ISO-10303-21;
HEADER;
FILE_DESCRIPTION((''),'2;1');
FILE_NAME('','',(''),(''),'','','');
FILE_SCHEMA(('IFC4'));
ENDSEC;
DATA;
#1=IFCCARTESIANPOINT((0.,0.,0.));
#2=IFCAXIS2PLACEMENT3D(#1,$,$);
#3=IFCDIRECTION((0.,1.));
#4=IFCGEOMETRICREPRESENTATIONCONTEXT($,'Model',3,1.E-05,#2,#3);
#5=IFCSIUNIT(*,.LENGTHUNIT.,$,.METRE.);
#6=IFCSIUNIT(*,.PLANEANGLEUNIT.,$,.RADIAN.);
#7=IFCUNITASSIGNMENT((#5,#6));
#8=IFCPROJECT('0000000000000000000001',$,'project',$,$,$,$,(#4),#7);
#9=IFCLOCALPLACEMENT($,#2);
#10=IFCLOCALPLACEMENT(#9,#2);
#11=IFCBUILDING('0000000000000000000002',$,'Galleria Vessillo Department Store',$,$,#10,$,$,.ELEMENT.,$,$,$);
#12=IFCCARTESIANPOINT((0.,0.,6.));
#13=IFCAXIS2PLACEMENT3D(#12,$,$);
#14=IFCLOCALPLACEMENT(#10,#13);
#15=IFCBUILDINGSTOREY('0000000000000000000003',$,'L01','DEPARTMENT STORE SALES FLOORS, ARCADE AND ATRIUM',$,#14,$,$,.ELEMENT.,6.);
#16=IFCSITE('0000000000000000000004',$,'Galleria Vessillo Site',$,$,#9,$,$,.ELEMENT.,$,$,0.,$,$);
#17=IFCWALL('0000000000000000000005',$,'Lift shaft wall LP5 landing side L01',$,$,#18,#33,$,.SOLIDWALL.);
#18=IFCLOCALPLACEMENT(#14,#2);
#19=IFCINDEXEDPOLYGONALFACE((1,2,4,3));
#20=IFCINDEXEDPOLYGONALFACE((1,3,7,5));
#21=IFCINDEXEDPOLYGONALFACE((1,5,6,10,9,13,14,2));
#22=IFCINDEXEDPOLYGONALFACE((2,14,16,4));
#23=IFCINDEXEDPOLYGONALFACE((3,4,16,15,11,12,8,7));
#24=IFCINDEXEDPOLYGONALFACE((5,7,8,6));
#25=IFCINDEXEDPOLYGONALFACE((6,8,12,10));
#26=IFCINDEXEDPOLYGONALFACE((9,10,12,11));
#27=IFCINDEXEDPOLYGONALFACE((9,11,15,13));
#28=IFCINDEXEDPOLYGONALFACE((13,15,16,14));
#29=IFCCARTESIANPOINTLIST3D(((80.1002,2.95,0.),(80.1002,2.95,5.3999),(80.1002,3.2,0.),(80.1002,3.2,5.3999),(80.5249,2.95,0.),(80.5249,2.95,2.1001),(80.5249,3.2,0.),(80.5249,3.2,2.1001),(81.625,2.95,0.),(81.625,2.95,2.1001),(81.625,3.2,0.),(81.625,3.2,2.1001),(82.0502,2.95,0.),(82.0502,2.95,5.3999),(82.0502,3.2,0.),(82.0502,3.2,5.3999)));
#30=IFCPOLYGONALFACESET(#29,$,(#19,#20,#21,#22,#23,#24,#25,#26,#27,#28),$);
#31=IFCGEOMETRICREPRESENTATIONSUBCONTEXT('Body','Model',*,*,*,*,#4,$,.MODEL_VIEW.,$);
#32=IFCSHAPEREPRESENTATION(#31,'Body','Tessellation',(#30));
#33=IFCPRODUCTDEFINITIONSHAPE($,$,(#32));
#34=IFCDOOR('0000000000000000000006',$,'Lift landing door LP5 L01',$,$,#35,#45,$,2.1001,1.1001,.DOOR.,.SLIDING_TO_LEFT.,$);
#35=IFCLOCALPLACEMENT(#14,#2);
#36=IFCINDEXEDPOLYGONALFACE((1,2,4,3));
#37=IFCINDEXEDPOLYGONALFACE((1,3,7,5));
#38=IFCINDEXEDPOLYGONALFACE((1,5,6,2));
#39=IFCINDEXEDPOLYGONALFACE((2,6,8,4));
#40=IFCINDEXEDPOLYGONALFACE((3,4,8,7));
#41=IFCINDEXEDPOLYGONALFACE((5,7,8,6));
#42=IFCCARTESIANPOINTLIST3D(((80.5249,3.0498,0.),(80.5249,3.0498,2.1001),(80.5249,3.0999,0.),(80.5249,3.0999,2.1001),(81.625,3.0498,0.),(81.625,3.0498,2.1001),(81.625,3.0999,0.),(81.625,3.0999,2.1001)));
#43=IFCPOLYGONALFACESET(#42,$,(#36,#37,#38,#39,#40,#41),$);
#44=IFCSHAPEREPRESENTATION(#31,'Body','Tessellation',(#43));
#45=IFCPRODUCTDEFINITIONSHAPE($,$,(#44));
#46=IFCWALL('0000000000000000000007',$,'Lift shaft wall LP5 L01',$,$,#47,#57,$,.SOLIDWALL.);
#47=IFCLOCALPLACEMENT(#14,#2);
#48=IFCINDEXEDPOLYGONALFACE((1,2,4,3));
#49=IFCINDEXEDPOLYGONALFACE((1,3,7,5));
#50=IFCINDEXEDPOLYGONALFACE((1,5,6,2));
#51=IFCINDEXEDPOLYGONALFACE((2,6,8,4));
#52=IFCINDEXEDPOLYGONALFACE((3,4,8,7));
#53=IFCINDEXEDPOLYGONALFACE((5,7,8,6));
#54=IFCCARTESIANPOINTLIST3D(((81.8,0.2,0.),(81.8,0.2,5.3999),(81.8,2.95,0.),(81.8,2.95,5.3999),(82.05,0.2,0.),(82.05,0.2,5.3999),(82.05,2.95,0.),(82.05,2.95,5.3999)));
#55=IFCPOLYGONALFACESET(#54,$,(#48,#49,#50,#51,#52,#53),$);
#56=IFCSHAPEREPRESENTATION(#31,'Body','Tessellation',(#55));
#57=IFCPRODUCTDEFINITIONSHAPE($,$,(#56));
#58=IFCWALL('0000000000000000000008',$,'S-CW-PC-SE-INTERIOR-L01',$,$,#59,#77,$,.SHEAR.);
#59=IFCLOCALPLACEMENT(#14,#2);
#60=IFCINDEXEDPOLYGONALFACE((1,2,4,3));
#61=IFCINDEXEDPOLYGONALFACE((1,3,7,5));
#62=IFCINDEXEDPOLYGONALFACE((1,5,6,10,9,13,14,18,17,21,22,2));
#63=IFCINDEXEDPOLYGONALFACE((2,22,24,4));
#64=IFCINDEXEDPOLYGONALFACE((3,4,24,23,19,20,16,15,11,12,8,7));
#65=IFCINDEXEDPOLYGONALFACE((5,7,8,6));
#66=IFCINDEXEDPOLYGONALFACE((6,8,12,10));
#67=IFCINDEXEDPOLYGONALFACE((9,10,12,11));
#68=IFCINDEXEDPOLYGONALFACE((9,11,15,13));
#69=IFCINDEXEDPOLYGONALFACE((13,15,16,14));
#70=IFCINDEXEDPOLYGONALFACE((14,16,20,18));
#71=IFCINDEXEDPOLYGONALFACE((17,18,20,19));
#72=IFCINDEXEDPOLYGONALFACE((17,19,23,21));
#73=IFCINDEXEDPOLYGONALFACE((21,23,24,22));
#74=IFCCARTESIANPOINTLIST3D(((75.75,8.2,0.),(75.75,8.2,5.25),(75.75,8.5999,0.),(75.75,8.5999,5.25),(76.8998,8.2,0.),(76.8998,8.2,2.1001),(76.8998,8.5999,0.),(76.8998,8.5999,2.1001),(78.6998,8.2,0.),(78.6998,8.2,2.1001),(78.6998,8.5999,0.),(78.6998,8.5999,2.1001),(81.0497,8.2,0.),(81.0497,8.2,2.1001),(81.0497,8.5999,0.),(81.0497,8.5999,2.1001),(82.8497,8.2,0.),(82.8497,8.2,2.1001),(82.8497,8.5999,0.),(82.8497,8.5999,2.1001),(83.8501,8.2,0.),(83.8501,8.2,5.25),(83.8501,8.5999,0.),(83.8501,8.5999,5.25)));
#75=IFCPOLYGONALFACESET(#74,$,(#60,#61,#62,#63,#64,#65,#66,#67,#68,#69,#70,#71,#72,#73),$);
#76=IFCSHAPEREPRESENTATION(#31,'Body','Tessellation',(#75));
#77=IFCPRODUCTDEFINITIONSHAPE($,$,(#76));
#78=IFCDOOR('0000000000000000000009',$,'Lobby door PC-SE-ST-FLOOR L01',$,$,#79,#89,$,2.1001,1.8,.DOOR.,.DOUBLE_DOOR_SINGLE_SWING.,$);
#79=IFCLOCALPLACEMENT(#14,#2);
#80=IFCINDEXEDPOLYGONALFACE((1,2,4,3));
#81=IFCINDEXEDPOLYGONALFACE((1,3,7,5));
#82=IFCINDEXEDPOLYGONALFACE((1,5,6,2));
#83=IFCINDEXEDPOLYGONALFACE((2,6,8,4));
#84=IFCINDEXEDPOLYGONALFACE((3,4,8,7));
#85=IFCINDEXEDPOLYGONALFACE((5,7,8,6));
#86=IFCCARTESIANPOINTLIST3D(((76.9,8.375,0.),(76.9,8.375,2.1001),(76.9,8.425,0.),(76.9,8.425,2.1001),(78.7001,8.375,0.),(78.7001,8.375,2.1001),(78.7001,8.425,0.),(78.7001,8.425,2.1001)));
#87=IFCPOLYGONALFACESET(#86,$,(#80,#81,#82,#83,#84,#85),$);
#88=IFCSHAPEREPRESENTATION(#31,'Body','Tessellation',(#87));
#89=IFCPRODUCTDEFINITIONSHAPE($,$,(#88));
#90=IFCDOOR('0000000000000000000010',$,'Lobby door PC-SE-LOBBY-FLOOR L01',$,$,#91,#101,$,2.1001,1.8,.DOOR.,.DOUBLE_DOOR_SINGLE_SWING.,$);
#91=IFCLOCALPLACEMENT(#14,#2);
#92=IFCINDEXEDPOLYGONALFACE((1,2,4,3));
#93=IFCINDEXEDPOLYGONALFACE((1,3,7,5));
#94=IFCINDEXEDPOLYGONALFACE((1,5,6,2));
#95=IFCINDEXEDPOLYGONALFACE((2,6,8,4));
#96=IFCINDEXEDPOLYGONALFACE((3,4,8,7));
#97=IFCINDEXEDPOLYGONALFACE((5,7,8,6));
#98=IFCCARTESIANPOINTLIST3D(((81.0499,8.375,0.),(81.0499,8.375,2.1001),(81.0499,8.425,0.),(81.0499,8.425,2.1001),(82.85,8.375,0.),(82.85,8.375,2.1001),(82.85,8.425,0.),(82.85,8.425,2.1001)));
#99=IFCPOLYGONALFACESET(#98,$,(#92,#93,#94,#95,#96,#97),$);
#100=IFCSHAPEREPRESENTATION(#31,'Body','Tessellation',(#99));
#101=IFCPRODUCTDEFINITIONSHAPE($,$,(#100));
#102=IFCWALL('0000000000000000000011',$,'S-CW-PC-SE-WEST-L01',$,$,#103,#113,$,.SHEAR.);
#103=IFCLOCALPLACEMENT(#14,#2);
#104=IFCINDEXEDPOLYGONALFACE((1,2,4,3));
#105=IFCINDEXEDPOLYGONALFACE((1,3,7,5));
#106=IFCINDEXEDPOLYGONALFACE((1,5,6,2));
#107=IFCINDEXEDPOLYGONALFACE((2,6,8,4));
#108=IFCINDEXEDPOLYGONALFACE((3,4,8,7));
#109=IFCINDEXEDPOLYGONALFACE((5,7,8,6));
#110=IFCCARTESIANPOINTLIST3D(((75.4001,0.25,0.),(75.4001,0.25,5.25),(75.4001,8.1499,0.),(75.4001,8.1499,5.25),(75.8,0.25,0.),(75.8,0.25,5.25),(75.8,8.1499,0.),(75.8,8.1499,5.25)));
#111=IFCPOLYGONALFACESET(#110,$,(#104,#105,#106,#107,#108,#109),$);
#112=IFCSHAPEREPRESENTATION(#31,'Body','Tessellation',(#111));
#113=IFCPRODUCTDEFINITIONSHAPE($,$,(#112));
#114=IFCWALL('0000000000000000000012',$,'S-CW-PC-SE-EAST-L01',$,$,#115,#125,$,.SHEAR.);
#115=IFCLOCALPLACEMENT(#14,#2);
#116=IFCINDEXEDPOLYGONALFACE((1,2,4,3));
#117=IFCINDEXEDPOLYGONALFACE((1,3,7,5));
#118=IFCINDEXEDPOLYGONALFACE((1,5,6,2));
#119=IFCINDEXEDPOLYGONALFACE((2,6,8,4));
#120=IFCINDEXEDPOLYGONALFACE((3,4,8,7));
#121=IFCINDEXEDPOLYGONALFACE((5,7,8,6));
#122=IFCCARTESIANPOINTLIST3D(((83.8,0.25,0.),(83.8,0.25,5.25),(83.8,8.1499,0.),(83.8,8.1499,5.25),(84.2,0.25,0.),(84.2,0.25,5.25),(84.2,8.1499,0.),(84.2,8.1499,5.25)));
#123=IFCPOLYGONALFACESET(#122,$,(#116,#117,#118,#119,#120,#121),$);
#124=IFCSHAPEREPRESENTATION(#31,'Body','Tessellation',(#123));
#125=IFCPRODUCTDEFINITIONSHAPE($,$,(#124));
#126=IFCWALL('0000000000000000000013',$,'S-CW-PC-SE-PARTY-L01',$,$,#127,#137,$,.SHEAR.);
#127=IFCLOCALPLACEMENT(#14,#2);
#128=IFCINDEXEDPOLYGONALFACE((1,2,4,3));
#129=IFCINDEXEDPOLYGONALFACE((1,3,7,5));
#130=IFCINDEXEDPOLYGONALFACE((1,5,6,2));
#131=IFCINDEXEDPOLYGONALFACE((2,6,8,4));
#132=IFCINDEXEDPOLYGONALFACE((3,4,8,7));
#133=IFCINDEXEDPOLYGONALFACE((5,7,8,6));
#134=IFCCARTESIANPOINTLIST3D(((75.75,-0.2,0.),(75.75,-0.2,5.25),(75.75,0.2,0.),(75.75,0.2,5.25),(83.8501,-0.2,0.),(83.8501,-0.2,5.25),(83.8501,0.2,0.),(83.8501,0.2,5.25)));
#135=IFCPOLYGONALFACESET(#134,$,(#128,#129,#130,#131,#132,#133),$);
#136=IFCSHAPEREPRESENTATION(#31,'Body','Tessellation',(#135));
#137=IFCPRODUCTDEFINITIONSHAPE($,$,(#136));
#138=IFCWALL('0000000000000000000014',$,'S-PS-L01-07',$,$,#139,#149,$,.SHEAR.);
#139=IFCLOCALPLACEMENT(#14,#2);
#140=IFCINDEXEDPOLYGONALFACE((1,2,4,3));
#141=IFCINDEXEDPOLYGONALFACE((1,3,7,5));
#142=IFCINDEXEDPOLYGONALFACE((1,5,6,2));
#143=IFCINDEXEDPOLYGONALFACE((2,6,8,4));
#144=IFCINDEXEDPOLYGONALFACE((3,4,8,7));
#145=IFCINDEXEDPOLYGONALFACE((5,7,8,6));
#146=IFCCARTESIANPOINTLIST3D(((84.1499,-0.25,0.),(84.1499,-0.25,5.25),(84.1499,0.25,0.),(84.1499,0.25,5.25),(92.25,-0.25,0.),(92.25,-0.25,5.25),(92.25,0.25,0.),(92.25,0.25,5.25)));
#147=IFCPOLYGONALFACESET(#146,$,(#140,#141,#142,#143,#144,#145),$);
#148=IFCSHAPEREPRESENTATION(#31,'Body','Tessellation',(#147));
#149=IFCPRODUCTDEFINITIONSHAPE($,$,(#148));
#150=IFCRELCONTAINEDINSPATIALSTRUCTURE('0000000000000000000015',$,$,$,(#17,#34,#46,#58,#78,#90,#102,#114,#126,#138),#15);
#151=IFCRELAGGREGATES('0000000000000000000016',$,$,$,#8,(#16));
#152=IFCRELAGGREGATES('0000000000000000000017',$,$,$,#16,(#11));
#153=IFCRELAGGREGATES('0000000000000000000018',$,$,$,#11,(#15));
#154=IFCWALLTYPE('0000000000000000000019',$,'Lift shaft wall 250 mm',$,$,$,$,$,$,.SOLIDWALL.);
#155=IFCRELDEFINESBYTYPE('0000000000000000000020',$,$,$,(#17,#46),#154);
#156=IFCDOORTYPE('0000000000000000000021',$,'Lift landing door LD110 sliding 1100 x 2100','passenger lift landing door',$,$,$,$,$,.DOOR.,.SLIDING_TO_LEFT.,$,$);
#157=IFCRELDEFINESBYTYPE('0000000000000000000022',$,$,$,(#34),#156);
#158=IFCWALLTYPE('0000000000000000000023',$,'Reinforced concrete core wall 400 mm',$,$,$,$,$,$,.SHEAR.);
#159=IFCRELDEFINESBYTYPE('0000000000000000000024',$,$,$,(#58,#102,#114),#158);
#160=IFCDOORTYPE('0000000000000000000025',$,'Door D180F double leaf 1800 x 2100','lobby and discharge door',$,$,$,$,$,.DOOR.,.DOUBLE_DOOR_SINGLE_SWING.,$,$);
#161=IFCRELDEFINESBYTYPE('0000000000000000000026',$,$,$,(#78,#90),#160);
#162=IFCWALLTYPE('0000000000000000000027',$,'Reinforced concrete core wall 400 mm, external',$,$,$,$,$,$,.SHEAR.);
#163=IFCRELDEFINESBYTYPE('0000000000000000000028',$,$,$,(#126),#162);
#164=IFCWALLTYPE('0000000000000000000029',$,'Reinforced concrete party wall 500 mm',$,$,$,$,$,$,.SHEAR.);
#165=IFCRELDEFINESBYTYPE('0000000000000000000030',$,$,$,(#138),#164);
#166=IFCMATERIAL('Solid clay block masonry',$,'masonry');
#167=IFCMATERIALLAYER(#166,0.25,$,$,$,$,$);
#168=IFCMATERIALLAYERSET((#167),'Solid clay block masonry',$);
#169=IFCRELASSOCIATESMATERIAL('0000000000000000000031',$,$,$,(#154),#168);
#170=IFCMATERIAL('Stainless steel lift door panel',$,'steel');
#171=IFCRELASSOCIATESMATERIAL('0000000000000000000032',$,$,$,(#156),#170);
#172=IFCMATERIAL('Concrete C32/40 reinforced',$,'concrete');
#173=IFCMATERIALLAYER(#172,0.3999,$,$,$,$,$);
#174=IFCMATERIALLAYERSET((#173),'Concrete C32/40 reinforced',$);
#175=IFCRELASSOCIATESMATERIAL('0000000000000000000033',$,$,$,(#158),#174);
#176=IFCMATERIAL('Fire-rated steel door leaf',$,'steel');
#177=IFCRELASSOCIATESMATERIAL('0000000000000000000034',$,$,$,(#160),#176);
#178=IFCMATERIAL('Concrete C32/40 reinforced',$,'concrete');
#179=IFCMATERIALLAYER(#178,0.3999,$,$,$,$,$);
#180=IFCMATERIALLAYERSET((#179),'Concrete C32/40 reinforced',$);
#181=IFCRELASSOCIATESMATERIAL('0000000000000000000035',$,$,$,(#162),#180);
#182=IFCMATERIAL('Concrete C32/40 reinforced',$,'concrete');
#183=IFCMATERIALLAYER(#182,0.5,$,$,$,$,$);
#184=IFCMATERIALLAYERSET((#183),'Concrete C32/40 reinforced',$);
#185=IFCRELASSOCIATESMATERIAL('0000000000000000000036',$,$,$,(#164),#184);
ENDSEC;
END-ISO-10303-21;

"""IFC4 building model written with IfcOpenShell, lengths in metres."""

from ifc_helpers import new_model, si_unit, direction, frame, frame_2d, origin, place, context, subcontext, project, spatial, rectangle, extrude, material, layer, layer_set, type_object, element, fill, save


model = new_model("IFC4")

# Units and contexts
model_context = context("Model", 3, precision=1e-05, world=origin(), true_north=direction((0.0, 1.0)))
body_context = subcontext(model_context, "Body", "Model", "MODEL_VIEW")
ifc_project = project(units=[si_unit("LENGTHUNIT", "METRE"), si_unit("PLANEANGLEUNIT", "RADIAN")], contexts=[model_context])

# Site, building, storey
site_placement = place(None, origin())
site = spatial("IfcSite", under=ifc_project, at=site_placement, Name="Galleria Vessillo Site", CompositionType="ELEMENT", RefElevation=0.0)
building_placement = place(site_placement, origin())
building = spatial("IfcBuilding", under=site, at=building_placement, Name="Galleria Vessillo Department Store", CompositionType="ELEMENT")
storey_placement = place(building_placement, frame((0.0, 0.0, 6.0)))
storey = spatial("IfcBuildingStorey", under=building, at=storey_placement, Name="L01", Description="DEPARTMENT STORE SALES FLOORS, ARCADE AND ATRIUM", CompositionType="ELEMENT", Elevation=6.0)

# Wall, opening, door
ifc_material_1 = material(Name="Solid clay block masonry", Category="masonry")
ifc_layer_1 = layer(ifc_material_1, 0.25)
ifc_layer_set_1 = layer_set([ifc_layer_1], Name="Solid clay block masonry")
wall_type_1 = type_object("IfcWallType", Name="Lift shaft wall 250 mm", PredefinedType="SOLIDWALL", material=ifc_layer_set_1)
wall_1_placement = place(storey_placement, frame((80.1001, 3.075, 0.0), z_axis=(0.0, 0.0, 1.0), x_axis=(1.0, 0.0, 0.0)))
wall_1 = element("IfcWall", 1, at=wall_1_placement, inside=storey, type_object=wall_type_1, Name="Lift shaft wall LP5 landing side L01", PredefinedType="SOLIDWALL", context=body_context, shape_type="SweptSolid", body=[
    extrude(rectangle(XDim=1.95, YDim=0.25, at=frame_2d((0.9751, 0.0))), origin(), (0.0, 0.0, 1.0), 5.3999),
])
opening_1_placement = place(wall_1_placement, frame((0.4248, 0.0, 0.0)))
opening_1 = element("IfcOpeningElement", 2, at=opening_1_placement, cuts=wall_1, PredefinedType="OPENING", context=body_context, shape_type="SweptSolid", body=[
    extrude(rectangle(XDim=1.1001, YDim=2.1001, at=frame_2d((0.55, 1.05))), frame((0.0, 0.135, 0.0), z_axis=(0.0, -1.0, 0.0), x_axis=(1.0, 0.0, 0.0)), (0.0, 0.0, 1.0), 0.27),
])
ifc_material_2 = material(Name="Stainless steel lift door panel", Category="steel")
door_type_1 = type_object("IfcDoorType", Name="Lift landing door LD110 sliding 1100 x 2100", Description="passenger lift landing door", OperationType="SLIDING_TO_LEFT", PredefinedType="DOOR", material=ifc_material_2)
door_1_placement = place(opening_1_placement, origin())
door_1 = element("IfcDoor", 3, at=door_1_placement, inside=storey, type_object=door_type_1, Name="Lift landing door LP5 L01", OperationType="SLIDING_TO_LEFT", OverallHeight=2.1001, OverallWidth=1.1001, PredefinedType="DOOR", context=body_context, shape_type="SweptSolid", body=[
    extrude(rectangle(XDim=1.1001, YDim=2.1001, at=frame_2d((0.55, 1.05))), frame((0.0, 0.0249, 0.0), z_axis=(0.0, -1.0, 0.0), x_axis=(1.0, 0.0, 0.0)), (0.0, 0.0, 1.0), 0.05),
])
fill(opening_1, door_1)

# Wall
wall_2_placement = place(storey_placement, frame((81.925, 0.2, 0.0), z_axis=(0.0, 0.0, 1.0), x_axis=(0.0, 1.0, 0.0)))
element("IfcWall", 4, at=wall_2_placement, inside=storey, type_object=wall_type_1, Name="Lift shaft wall LP5 L01", PredefinedType="SOLIDWALL", context=body_context, shape_type="SweptSolid", body=[
    extrude(rectangle(XDim=2.75, YDim=0.25, at=frame_2d((1.375, 0.0))), origin(), (0.0, 0.0, 1.0), 5.3999),
])

# Wall, openings, doors
ifc_material_3 = material(Name="Concrete C32/40 reinforced", Category="concrete")
ifc_layer_2 = layer(ifc_material_3, 0.3999)
ifc_layer_set_2 = layer_set([ifc_layer_2], Name="Concrete C32/40 reinforced")
wall_type_2 = type_object("IfcWallType", Name="Reinforced concrete core wall 400 mm", PredefinedType="SHEAR", material=ifc_layer_set_2)
wall_3_placement = place(storey_placement, frame((75.75, 8.3999, 0.0), z_axis=(0.0, 0.0, 1.0), x_axis=(1.0, 0.0, 0.0)))
wall_3 = element("IfcWall", 5, at=wall_3_placement, inside=storey, type_object=wall_type_2, Name="S-CW-PC-SE-INTERIOR-L01", PredefinedType="SHEAR", context=body_context, shape_type="SweptSolid", body=[
    extrude(rectangle(XDim=8.1001, YDim=0.3999, at=frame_2d((4.05, 0.0))), origin(), (0.0, 0.0, 1.0), 5.25),
])
opening_2_placement = place(wall_3_placement, frame((1.1499, 0.0, 0.0)))
opening_2 = element("IfcOpeningElement", 6, at=opening_2_placement, cuts=wall_3, PredefinedType="OPENING", context=body_context, shape_type="SweptSolid", body=[
    extrude(rectangle(XDim=1.8, YDim=2.1001, at=frame_2d((0.8999, 1.05))), frame((0.0, 0.21, 0.0), z_axis=(0.0, -1.0, 0.0), x_axis=(1.0, 0.0, 0.0)), (0.0, 0.0, 1.0), 0.4199),
])
opening_3_placement = place(wall_3_placement, frame((5.2998, 0.0, 0.0)))
opening_3 = element("IfcOpeningElement", 7, at=opening_3_placement, cuts=wall_3, PredefinedType="OPENING", context=body_context, shape_type="SweptSolid", body=[
    extrude(rectangle(XDim=1.8, YDim=2.1001, at=frame_2d((0.8999, 1.05))), frame((0.0, 0.21, 0.0), z_axis=(0.0, -1.0, 0.0), x_axis=(1.0, 0.0, 0.0)), (0.0, 0.0, 1.0), 0.4199),
])
ifc_material_4 = material(Name="Fire-rated steel door leaf", Category="steel")
door_type_2 = type_object("IfcDoorType", Name="Door D180F double leaf 1800 x 2100", Description="lobby and discharge door", OperationType="DOUBLE_DOOR_SINGLE_SWING", PredefinedType="DOOR", material=ifc_material_4)
door_2_placement = place(opening_2_placement, frame((1.8, 0.0, 0.0), z_axis=(0.0, 0.0, 1.0), x_axis=(-1.0, 0.0, 0.0)))
door_2 = element("IfcDoor", 8, at=door_2_placement, inside=storey, type_object=door_type_2, Name="Lobby door PC-SE-ST-FLOOR L01", OperationType="DOUBLE_DOOR_SINGLE_SWING", OverallHeight=2.1001, OverallWidth=1.8, PredefinedType="DOOR", context=body_context, shape_type="SweptSolid", body=[
    extrude(rectangle(XDim=1.8, YDim=2.1001, at=frame_2d((0.8999, 1.05))), frame((0.0, 0.0249, 0.0), z_axis=(0.0, -1.0, 0.0), x_axis=(1.0, 0.0, 0.0)), (0.0, 0.0, 1.0), 0.05),
])
fill(opening_2, door_2)
door_3_placement = place(opening_3_placement, frame((1.8, 0.0, 0.0), z_axis=(0.0, 0.0, 1.0), x_axis=(-1.0, 0.0, 0.0)))
door_3 = element("IfcDoor", 9, at=door_3_placement, inside=storey, type_object=door_type_2, Name="Lobby door PC-SE-LOBBY-FLOOR L01", OperationType="DOUBLE_DOOR_SINGLE_SWING", OverallHeight=2.1001, OverallWidth=1.8, PredefinedType="DOOR", context=body_context, shape_type="SweptSolid", body=[
    extrude(rectangle(XDim=1.8, YDim=2.1001, at=frame_2d((0.8999, 1.05))), frame((0.0, 0.0249, 0.0), z_axis=(0.0, -1.0, 0.0), x_axis=(1.0, 0.0, 0.0)), (0.0, 0.0, 1.0), 0.05),
])
fill(opening_3, door_3)

# Walls
for number, where, z_axis, x_axis, name in (
    (10, (75.6001, 0.25, 0.0), (0.0, 0.0, 1.0), (0.0, 1.0, 0.0), "S-CW-PC-SE-WEST-L01"),
    (11, (84.0, 0.25, 0.0), (0.0, 0.0, 1.0), (0.0, 1.0, 0.0), "S-CW-PC-SE-EAST-L01"),
):
    element("IfcWall", number, at=place(storey_placement, frame(where, z_axis=z_axis, x_axis=x_axis)), inside=storey, type_object=wall_type_2, Name=name, PredefinedType="SHEAR", context=body_context, shape_type="SweptSolid", body=[
        extrude(rectangle(XDim=7.8999, YDim=0.3999, at=frame_2d((3.95, 0.0))), origin(), (0.0, 0.0, 1.0), 5.25),
    ])
ifc_material_5 = material(Name="Concrete C32/40 reinforced", Category="concrete")
ifc_layer_3 = layer(ifc_material_5, 0.3999)
ifc_layer_set_3 = layer_set([ifc_layer_3], Name="Concrete C32/40 reinforced")
wall_type_3 = type_object("IfcWallType", Name="Reinforced concrete core wall 400 mm, external", PredefinedType="SHEAR", material=ifc_layer_set_3)
wall_4_placement = place(storey_placement, frame((75.75, 0.0, 0.0), z_axis=(0.0, 0.0, 1.0), x_axis=(1.0, 0.0, 0.0)))
element("IfcWall", 12, at=wall_4_placement, inside=storey, type_object=wall_type_3, Name="S-CW-PC-SE-PARTY-L01", PredefinedType="SHEAR", context=body_context, shape_type="SweptSolid", body=[
    extrude(rectangle(XDim=8.1001, YDim=0.3999, at=frame_2d((4.05, 0.0))), origin(), (0.0, 0.0, 1.0), 5.25),
])
ifc_material_6 = material(Name="Concrete C32/40 reinforced", Category="concrete")
ifc_layer_4 = layer(ifc_material_6, 0.5)
ifc_layer_set_4 = layer_set([ifc_layer_4], Name="Concrete C32/40 reinforced")
wall_type_4 = type_object("IfcWallType", Name="Reinforced concrete party wall 500 mm", PredefinedType="SHEAR", material=ifc_layer_set_4)
wall_5_placement = place(storey_placement, frame((84.1499, 0.0, 0.0), z_axis=(0.0, 0.0, 1.0), x_axis=(1.0, 0.0, 0.0)))
element("IfcWall", 13, at=wall_5_placement, inside=storey, type_object=wall_type_4, Name="S-PS-L01-07", PredefinedType="SHEAR", context=body_context, shape_type="SweptSolid", body=[
    extrude(rectangle(XDim=8.1001, YDim=0.5, at=frame_2d((4.05, 0.0))), origin(), (0.0, 0.0, 1.0), 5.25),
])

save(model, "model.ifc")
